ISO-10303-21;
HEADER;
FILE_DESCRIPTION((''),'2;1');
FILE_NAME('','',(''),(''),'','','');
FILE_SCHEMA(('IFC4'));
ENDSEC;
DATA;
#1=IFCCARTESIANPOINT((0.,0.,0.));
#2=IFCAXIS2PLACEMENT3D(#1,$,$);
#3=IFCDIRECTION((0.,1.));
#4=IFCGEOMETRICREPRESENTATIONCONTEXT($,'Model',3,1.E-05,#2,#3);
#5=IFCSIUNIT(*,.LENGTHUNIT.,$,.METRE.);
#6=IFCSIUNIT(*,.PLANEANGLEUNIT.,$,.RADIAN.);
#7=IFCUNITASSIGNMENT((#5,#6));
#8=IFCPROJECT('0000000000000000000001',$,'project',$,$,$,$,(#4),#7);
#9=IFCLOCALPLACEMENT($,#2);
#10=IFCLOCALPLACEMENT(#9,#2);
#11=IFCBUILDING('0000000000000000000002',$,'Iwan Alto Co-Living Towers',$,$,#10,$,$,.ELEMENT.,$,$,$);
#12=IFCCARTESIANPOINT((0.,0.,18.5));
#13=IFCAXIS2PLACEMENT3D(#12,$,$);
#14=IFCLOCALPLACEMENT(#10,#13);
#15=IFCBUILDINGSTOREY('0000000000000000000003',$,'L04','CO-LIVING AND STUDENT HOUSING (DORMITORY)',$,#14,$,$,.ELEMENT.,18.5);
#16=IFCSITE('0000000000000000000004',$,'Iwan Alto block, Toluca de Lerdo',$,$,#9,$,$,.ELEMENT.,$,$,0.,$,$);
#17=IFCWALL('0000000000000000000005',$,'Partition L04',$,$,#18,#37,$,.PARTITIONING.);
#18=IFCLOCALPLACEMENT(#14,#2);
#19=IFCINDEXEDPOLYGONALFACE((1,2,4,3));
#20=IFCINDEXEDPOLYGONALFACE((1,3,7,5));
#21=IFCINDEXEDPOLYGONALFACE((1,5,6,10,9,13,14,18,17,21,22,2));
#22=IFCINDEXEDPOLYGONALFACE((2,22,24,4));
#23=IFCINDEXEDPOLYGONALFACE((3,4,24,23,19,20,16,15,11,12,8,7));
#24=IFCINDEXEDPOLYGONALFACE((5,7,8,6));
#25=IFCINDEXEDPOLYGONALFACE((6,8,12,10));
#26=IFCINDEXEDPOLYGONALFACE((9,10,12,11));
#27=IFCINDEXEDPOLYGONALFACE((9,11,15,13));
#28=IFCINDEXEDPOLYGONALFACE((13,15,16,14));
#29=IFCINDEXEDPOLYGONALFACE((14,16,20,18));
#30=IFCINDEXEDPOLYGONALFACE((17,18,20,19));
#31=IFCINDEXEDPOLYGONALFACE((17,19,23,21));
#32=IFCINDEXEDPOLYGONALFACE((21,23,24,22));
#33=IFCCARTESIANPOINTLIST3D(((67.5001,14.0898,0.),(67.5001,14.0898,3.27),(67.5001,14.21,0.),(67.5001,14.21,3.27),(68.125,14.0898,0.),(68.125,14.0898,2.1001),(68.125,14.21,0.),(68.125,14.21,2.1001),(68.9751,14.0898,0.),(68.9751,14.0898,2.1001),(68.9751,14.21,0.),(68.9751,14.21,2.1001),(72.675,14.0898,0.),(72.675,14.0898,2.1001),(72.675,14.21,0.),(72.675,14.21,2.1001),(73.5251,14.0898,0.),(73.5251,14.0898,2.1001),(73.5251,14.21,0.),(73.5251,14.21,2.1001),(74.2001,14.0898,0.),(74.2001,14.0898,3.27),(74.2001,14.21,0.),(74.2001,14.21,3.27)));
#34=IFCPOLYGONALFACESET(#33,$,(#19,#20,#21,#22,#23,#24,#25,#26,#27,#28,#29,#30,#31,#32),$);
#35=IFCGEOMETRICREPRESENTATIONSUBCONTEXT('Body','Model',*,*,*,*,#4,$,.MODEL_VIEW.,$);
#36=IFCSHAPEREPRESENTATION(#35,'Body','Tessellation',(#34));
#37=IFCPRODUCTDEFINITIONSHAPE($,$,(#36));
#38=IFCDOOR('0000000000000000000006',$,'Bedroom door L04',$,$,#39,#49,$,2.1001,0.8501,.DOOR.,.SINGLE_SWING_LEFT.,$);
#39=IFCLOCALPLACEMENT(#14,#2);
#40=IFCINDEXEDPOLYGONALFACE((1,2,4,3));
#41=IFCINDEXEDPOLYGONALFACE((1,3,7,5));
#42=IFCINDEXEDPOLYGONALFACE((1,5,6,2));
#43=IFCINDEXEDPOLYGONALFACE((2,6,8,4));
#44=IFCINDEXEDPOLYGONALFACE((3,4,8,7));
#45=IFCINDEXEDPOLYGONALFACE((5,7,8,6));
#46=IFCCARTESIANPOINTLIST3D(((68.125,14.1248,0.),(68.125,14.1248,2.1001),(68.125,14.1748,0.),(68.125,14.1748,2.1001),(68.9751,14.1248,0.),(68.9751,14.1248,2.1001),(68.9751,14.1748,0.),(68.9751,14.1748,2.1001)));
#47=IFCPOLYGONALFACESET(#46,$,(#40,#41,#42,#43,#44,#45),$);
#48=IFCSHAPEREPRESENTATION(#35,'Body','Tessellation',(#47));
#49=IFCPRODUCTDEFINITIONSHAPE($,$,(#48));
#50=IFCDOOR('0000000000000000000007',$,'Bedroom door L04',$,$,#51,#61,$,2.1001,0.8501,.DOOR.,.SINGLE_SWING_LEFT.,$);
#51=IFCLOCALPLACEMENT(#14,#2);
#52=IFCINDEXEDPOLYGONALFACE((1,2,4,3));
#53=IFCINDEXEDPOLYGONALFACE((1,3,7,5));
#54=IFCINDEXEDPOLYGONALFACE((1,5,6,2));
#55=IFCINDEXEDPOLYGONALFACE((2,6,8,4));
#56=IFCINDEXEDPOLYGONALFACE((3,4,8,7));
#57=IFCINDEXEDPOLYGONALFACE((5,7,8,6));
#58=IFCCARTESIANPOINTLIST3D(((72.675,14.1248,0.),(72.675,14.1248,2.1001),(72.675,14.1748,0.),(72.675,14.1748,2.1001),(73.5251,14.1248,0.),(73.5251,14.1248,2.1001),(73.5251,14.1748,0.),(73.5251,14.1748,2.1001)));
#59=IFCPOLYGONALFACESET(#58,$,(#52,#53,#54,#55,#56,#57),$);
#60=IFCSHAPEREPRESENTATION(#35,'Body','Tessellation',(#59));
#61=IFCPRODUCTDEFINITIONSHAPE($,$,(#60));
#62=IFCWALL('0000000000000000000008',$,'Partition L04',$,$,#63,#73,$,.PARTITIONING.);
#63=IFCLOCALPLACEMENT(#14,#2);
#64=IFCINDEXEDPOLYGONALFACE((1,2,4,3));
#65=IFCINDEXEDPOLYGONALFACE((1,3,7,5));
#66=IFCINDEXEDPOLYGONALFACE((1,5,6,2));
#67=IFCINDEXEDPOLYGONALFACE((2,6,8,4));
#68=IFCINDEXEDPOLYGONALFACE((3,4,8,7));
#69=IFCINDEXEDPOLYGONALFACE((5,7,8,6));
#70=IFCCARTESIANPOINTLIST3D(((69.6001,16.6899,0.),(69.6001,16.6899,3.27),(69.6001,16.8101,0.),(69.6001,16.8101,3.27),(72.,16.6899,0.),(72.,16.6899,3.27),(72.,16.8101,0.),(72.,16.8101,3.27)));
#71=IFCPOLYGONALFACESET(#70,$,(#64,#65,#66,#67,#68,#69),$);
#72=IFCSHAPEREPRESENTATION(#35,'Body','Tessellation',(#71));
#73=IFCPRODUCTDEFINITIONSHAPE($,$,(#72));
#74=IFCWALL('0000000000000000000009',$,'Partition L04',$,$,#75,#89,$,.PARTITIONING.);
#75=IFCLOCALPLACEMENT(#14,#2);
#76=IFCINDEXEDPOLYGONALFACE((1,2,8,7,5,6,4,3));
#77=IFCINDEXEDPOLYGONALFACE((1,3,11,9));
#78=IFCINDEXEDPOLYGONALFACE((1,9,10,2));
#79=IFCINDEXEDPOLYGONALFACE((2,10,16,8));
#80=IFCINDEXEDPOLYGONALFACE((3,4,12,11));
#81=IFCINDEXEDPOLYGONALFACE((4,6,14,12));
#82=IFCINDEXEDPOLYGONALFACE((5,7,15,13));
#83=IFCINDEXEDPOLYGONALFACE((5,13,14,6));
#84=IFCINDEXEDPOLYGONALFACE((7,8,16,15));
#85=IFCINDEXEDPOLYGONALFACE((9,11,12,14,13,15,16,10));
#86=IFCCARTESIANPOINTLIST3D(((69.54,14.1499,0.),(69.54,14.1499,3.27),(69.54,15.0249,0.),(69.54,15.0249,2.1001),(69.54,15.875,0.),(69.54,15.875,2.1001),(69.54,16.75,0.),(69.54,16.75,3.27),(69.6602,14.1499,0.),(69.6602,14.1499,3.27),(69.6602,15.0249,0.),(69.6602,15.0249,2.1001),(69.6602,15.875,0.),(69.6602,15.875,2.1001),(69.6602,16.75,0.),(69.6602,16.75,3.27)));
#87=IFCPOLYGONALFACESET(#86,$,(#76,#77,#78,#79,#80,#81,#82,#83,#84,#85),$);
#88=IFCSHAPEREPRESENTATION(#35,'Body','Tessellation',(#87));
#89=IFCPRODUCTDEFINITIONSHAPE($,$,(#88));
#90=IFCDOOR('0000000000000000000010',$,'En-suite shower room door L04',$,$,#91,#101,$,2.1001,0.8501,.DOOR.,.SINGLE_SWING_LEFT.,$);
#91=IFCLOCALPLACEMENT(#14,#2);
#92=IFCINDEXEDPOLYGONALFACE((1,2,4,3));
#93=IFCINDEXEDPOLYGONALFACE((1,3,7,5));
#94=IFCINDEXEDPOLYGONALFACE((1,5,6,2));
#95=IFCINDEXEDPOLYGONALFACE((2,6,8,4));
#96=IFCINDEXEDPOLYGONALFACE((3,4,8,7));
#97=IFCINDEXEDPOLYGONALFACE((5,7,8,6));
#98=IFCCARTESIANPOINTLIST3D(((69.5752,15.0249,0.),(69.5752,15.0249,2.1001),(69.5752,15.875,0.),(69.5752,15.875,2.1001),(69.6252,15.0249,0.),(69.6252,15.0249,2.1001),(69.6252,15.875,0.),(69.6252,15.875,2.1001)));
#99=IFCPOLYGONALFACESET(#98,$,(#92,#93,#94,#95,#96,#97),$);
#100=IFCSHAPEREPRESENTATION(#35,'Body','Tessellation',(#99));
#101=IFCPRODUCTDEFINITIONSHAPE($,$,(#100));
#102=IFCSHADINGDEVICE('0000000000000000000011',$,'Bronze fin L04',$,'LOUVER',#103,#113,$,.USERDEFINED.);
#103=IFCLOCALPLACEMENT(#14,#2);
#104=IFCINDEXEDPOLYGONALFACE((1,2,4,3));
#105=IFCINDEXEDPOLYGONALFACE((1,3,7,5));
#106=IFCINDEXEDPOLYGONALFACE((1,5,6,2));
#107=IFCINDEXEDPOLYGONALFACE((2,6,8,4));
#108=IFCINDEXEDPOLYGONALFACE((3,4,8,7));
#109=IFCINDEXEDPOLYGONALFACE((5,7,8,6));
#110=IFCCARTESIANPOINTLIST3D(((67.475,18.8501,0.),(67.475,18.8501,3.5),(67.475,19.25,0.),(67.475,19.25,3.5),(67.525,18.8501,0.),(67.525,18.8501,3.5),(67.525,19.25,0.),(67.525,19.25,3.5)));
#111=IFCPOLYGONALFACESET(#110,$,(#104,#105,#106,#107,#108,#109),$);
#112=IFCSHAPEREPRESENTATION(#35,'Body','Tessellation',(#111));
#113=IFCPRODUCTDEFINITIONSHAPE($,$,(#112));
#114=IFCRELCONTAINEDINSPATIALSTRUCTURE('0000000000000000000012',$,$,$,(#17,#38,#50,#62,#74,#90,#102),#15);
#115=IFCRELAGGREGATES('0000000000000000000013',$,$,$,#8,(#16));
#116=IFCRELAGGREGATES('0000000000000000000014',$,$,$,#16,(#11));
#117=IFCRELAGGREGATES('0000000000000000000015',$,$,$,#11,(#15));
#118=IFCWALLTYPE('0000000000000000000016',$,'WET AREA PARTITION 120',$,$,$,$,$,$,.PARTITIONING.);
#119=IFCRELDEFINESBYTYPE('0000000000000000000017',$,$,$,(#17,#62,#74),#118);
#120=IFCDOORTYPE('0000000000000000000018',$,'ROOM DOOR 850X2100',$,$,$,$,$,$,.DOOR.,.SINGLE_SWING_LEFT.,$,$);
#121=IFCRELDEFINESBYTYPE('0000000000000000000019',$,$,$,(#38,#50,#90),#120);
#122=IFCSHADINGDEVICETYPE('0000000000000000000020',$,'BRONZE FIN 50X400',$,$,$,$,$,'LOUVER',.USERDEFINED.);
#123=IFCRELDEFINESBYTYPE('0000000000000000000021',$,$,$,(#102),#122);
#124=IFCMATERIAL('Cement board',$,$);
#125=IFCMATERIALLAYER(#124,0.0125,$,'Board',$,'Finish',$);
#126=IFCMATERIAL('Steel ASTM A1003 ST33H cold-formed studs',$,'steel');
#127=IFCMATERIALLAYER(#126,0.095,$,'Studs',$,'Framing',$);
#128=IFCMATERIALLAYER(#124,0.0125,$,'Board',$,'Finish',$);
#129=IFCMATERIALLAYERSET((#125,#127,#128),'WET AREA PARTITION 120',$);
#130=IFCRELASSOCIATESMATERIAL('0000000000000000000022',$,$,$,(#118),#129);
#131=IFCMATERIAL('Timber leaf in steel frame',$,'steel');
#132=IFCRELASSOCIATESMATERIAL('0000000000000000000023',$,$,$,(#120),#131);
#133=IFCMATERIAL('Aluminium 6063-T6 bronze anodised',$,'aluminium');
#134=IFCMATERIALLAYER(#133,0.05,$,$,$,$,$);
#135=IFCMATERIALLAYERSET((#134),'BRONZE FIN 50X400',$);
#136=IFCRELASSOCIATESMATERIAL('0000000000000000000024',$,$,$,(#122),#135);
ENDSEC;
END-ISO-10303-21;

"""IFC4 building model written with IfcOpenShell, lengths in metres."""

from ifc_helpers import new_model, si_unit, direction, frame, frame_2d, origin, origin_2d, place, context, subcontext, project, spatial, rectangle, extrude, material, layer, layer_set, type_object, element, fill, save


model = new_model("IFC4")

# Units and contexts
model_context = context("Model", 3, precision=1e-05, world=origin(), true_north=direction((0.0, 1.0)))
body_context = subcontext(model_context, "Body", "Model", "MODEL_VIEW")
ifc_project = project(units=[si_unit("LENGTHUNIT", "METRE"), si_unit("PLANEANGLEUNIT", "RADIAN")], contexts=[model_context])

# Site, building, storey
site_placement = place(None, origin())
site = spatial("IfcSite", under=ifc_project, at=site_placement, Name="Iwan Alto block, Toluca de Lerdo", CompositionType="ELEMENT", RefElevation=0.0)
building_placement = place(site_placement, origin())
building = spatial("IfcBuilding", under=site, at=building_placement, Name="Iwan Alto Co-Living Towers", CompositionType="ELEMENT")
storey_placement = place(building_placement, frame((0.0, 0.0, 18.5)))
storey = spatial("IfcBuildingStorey", under=building, at=storey_placement, Name="L04", Description="CO-LIVING AND STUDENT HOUSING (DORMITORY)", CompositionType="ELEMENT", Elevation=18.5)

# Wall, openings, doors
ifc_material_1 = material(Name="Cement board")
ifc_layer_1 = layer(ifc_material_1, 0.0125, Name="Board", Category="Finish")
ifc_material_2 = material(Name="Steel ASTM A1003 ST33H cold-formed studs", Category="steel")
ifc_layer_2 = layer(ifc_material_2, 0.095, Name="Studs", Category="Framing")
ifc_layer_3 = layer(ifc_material_1, 0.0125, Name="Board", Category="Finish")
ifc_layer_set_1 = layer_set([ifc_layer_1, ifc_layer_2, ifc_layer_3], Name="WET AREA PARTITION 120")
wall_type = type_object("IfcWallType", Name="WET AREA PARTITION 120", PredefinedType="PARTITIONING", material=ifc_layer_set_1)
wall_1_placement = place(storey_placement, frame((67.5, 14.1499, 0.0), z_axis=(0.0, 0.0, 1.0), x_axis=(1.0, 0.0, 0.0)))
wall_1 = element("IfcWall", 1, at=wall_1_placement, inside=storey, type_object=wall_type, Name="Partition L04", PredefinedType="PARTITIONING", context=body_context, shape_type="SweptSolid", body=[
    extrude(rectangle(XDim=6.7, YDim=0.1201, at=frame_2d((3.3501, 0.0))), origin(), (0.0, 0.0, 1.0), 3.27),
])
opening_1_placement = place(wall_1_placement, frame((0.625, 0.0, 0.0)))
opening_1 = element("IfcOpeningElement", 2, at=opening_1_placement, cuts=wall_1, PredefinedType="OPENING", context=body_context, shape_type="SweptSolid", body=[
    extrude(rectangle(XDim=0.8501, YDim=2.1001, at=frame_2d((0.425, 1.05))), frame((0.0, 0.0701, 0.0), z_axis=(0.0, -1.0, 0.0), x_axis=(1.0, 0.0, 0.0)), (0.0, 0.0, 1.0), 0.1401),
])
opening_2_placement = place(wall_1_placement, frame((5.175, 0.0, 0.0)))
opening_2 = element("IfcOpeningElement", 3, at=opening_2_placement, cuts=wall_1, PredefinedType="OPENING", context=body_context, shape_type="SweptSolid", body=[
    extrude(rectangle(XDim=0.8501, YDim=2.1001, at=frame_2d((0.425, 1.05))), frame((0.0, 0.0701, 0.0), z_axis=(0.0, -1.0, 0.0), x_axis=(1.0, 0.0, 0.0)), (0.0, 0.0, 1.0), 0.1401),
])
ifc_material_3 = material(Name="Timber leaf in steel frame", Category="steel")
door_type = type_object("IfcDoorType", Name="ROOM DOOR 850X2100", OperationType="SINGLE_SWING_LEFT", PredefinedType="DOOR", material=ifc_material_3)
door_1_placement = place(opening_1_placement, origin())
door_1 = element("IfcDoor", 4, at=door_1_placement, inside=storey, type_object=door_type, Name="Bedroom door L04", OperationType="SINGLE_SWING_LEFT", OverallHeight=2.1001, OverallWidth=0.8501, PredefinedType="DOOR", context=body_context, shape_type="SweptSolid", body=[
    extrude(rectangle(XDim=0.8501, YDim=2.1001, at=frame_2d((0.425, 1.05))), frame((0.0, 0.0249, 0.0), z_axis=(0.0, -1.0, 0.0), x_axis=(1.0, 0.0, 0.0)), (0.0, 0.0, 1.0), 0.05),
])
fill(opening_1, door_1)
door_2_placement = place(opening_2_placement, origin())
door_2 = element("IfcDoor", 5, at=door_2_placement, inside=storey, type_object=door_type, Name="Bedroom door L04", OperationType="SINGLE_SWING_LEFT", OverallHeight=2.1001, OverallWidth=0.8501, PredefinedType="DOOR", context=body_context, shape_type="SweptSolid", body=[
    extrude(rectangle(XDim=0.8501, YDim=2.1001, at=frame_2d((0.425, 1.05))), frame((0.0, 0.0249, 0.0), z_axis=(0.0, -1.0, 0.0), x_axis=(1.0, 0.0, 0.0)), (0.0, 0.0, 1.0), 0.05),
])
fill(opening_2, door_2)

# Wall
wall_2_placement = place(storey_placement, frame((69.6001, 16.75, 0.0), z_axis=(0.0, 0.0, 1.0), x_axis=(1.0, 0.0, 0.0)))
element("IfcWall", 6, at=wall_2_placement, inside=storey, type_object=wall_type, Name="Partition L04", PredefinedType="PARTITIONING", context=body_context, shape_type="SweptSolid", body=[
    extrude(rectangle(XDim=2.3999, YDim=0.1201, at=frame_2d((1.2, 0.0))), origin(), (0.0, 0.0, 1.0), 3.27),
])

# Wall, opening, door
wall_3_placement = place(storey_placement, frame((69.6001, 14.1499, 0.0), z_axis=(0.0, 0.0, 1.0), x_axis=(0.0, 1.0, 0.0)))
wall_3 = element("IfcWall", 7, at=wall_3_placement, inside=storey, type_object=wall_type, Name="Partition L04", PredefinedType="PARTITIONING", context=body_context, shape_type="SweptSolid", body=[
    extrude(rectangle(XDim=2.6001, YDim=0.1201, at=frame_2d((1.3, 0.0))), origin(), (0.0, 0.0, 1.0), 3.27),
])
opening_3_placement = place(wall_3_placement, frame((0.875, 0.0, 0.0)))
opening_3 = element("IfcOpeningElement", 8, at=opening_3_placement, cuts=wall_3, PredefinedType="OPENING", context=body_context, shape_type="SweptSolid", body=[
    extrude(rectangle(XDim=0.8501, YDim=2.1001, at=frame_2d((0.425, 1.05))), frame((0.0, 0.0701, 0.0), z_axis=(0.0, -1.0, 0.0), x_axis=(1.0, 0.0, 0.0)), (0.0, 0.0, 1.0), 0.1401),
])
door_3_placement = place(opening_3_placement, origin())
door_3 = element("IfcDoor", 9, at=door_3_placement, inside=storey, type_object=door_type, Name="En-suite shower room door L04", OperationType="SINGLE_SWING_LEFT", OverallHeight=2.1001, OverallWidth=0.8501, PredefinedType="DOOR", context=body_context, shape_type="SweptSolid", body=[
    extrude(rectangle(XDim=0.8501, YDim=2.1001, at=frame_2d((0.425, 1.05))), frame((0.0, 0.0249, 0.0), z_axis=(0.0, -1.0, 0.0), x_axis=(1.0, 0.0, 0.0)), (0.0, 0.0, 1.0), 0.05),
])
fill(opening_3, door_3)

# Shading device
ifc_material_4 = material(Name="Aluminium 6063-T6 bronze anodised", Category="aluminium")
ifc_layer_4 = layer(ifc_material_4, 0.05)
ifc_layer_set_2 = layer_set([ifc_layer_4], Name="BRONZE FIN 50X400")
shading_device_type = type_object("IfcShadingDeviceType", Name="BRONZE FIN 50X400", ElementType="LOUVER", PredefinedType="USERDEFINED", material=ifc_layer_set_2)
shading_device_placement = place(storey_placement, frame((67.5, 19.05, 0.0), z_axis=(0.0, 0.0, 1.0), x_axis=(-1.0, 0.0, 0.0)))
element("IfcShadingDevice", 10, at=shading_device_placement, inside=storey, type_object=shading_device_type, Name="Bronze fin L04", ObjectType="LOUVER", PredefinedType="USERDEFINED", context=body_context, shape_type="SweptSolid", body=[
    extrude(rectangle(XDim=0.05, YDim=0.3999, at=origin_2d()), origin(), (0.0, 0.0, 1.0), 3.5),
])

save(model, "model.ifc")
